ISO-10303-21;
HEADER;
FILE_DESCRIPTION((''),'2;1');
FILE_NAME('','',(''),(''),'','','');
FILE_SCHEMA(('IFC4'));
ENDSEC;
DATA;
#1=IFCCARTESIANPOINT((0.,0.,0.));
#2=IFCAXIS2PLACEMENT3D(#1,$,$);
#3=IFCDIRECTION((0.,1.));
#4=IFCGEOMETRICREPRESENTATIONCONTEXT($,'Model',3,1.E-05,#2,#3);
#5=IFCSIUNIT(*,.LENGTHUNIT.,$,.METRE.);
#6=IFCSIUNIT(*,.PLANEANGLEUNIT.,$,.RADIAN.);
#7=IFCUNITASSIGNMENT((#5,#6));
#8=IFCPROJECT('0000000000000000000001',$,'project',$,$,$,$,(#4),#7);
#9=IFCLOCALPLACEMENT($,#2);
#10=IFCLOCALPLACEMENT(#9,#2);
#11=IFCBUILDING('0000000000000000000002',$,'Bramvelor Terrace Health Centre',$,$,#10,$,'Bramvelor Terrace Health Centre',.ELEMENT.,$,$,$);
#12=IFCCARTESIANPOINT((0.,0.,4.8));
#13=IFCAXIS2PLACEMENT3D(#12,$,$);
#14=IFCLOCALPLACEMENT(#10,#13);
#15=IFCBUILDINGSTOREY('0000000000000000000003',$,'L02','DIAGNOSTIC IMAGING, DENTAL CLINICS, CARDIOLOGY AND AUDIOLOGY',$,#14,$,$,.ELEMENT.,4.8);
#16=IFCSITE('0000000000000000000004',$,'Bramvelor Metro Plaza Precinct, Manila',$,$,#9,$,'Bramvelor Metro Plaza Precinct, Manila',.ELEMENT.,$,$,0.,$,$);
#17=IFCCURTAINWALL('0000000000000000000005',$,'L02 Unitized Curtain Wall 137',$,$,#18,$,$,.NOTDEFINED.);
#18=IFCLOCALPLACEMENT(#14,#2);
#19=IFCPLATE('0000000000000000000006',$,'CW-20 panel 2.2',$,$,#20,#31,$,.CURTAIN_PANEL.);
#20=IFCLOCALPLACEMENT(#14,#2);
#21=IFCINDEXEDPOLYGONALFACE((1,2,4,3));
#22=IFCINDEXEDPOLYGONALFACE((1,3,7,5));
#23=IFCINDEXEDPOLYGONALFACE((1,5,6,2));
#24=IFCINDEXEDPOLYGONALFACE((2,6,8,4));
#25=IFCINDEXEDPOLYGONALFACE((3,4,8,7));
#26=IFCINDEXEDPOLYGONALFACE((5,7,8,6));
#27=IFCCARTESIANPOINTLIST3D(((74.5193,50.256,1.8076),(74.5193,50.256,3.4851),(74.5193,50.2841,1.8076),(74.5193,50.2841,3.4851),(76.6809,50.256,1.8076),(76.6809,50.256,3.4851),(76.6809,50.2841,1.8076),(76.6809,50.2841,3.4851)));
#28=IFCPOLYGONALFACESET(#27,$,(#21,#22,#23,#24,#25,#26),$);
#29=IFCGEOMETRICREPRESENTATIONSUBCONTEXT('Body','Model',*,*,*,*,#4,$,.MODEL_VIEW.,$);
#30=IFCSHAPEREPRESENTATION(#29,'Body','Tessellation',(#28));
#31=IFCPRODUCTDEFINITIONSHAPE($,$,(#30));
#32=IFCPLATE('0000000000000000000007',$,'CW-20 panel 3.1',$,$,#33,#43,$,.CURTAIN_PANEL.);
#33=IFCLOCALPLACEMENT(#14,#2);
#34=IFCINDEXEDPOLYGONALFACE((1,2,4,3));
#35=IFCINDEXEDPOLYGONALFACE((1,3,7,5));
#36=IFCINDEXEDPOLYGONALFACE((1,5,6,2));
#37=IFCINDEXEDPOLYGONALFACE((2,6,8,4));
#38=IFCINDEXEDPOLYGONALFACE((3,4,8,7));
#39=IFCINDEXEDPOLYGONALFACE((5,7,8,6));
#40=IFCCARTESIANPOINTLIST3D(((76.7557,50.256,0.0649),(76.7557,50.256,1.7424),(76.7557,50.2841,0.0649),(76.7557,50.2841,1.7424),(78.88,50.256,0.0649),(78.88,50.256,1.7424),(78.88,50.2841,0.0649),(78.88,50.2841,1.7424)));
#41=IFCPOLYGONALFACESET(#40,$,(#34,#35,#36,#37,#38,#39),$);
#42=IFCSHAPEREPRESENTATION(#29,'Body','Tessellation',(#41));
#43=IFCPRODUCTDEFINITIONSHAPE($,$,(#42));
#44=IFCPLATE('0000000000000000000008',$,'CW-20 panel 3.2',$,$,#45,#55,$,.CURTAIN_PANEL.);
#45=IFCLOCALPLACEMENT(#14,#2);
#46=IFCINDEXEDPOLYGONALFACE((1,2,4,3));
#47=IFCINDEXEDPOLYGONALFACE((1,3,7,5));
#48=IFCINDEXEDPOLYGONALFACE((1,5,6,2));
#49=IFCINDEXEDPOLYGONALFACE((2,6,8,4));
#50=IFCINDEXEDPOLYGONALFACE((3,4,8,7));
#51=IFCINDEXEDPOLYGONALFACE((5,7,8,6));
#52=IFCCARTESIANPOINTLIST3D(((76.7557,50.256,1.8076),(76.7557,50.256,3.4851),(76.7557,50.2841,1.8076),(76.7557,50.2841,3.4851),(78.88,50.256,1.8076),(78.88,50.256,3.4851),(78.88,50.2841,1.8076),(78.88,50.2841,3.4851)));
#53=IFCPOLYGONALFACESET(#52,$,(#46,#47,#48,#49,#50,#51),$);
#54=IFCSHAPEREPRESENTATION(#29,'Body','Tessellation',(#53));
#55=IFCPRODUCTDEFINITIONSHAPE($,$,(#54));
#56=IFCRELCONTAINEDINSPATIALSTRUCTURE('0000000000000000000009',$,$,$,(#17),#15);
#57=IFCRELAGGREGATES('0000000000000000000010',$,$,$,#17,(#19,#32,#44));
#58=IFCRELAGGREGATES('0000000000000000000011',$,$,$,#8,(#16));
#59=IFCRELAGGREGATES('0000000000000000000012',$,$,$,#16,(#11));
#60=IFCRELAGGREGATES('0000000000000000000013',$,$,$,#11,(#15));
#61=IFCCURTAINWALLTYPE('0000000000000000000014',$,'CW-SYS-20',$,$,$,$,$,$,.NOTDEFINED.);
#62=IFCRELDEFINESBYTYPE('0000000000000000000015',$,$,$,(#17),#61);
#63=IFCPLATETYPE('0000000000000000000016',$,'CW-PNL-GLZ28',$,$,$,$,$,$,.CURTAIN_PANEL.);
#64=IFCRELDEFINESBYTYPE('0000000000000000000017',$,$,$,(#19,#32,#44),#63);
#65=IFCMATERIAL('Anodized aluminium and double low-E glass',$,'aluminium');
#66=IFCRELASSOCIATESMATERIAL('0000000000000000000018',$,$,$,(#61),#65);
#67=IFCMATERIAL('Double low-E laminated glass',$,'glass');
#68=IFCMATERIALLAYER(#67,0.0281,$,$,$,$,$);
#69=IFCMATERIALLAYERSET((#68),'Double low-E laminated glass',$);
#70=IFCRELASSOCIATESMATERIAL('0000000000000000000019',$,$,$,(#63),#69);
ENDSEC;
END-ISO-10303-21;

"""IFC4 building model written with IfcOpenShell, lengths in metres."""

from ifc_helpers import new_model, si_unit, direction, frame, origin, origin_2d, place, context, subcontext, project, spatial, rectangle, extrude, material, layer, layer_set, type_object, element, aggregate, save


model = new_model("IFC4")

# Units and contexts
model_context = context("Model", 3, precision=1e-05, world=origin(), true_north=direction((0.0, 1.0)))
body_context = subcontext(model_context, "Body", "Model", "MODEL_VIEW")
ifc_project = project(units=[si_unit("LENGTHUNIT", "METRE"), si_unit("PLANEANGLEUNIT", "RADIAN")], contexts=[model_context])

# Site, building, storey
site_placement = place(None, origin())
site = spatial("IfcSite", under=ifc_project, at=site_placement, Name="Bramvelor Metro Plaza Precinct, Manila", LongName="Bramvelor Metro Plaza Precinct, Manila", CompositionType="ELEMENT", RefElevation=0.0)
building_placement = place(site_placement, origin())
building = spatial("IfcBuilding", under=site, at=building_placement, Name="Bramvelor Terrace Health Centre", LongName="Bramvelor Terrace Health Centre", CompositionType="ELEMENT")
storey_placement = place(building_placement, frame((0.0, 0.0, 4.8)))
storey = spatial("IfcBuildingStorey", under=building, at=storey_placement, Name="L02", Description="DIAGNOSTIC IMAGING, DENTAL CLINICS, CARDIOLOGY AND AUDIOLOGY", CompositionType="ELEMENT", Elevation=4.8)

# Curtain wall
ifc_material_1 = material(Name="Anodized aluminium and double low-E glass", Category="aluminium")
curtain_wall_type_1 = type_object("IfcCurtainWallType", Name="CW-SYS-20", PredefinedType="NOTDEFINED", material=ifc_material_1)
curtain_wall_1_placement = place(storey_placement, origin())
curtain_wall_1 = element("IfcCurtainWall", 1, at=curtain_wall_1_placement, inside=storey, type_object=curtain_wall_type_1, Name="L02 Unitized Curtain Wall 137", PredefinedType="NOTDEFINED")

# Plates
ifc_material_2 = material(Name="Double low-E laminated glass", Category="glass")
ifc_layer = layer(ifc_material_2, 0.0281)
ifc_layer_set = layer_set([ifc_layer], Name="Double low-E laminated glass")
plate_type = type_object("IfcPlateType", Name="CW-PNL-GLZ28", PredefinedType="CURTAIN_PANEL", material=ifc_layer_set)
plate_1_placement = place(storey_placement, frame((75.6001, 50.27, 1.8076), z_axis=(0.0, 0.0, 1.0), x_axis=(1.0, 0.0, 0.0)))
plate_1 = element("IfcPlate", 2, at=plate_1_placement, type_object=plate_type, Name="CW-20 panel 2.2", PredefinedType="CURTAIN_PANEL", context=body_context, shape_type="SweptSolid", body=[
    extrude(rectangle(XDim=2.1616, YDim=0.0281, at=origin_2d()), origin(), (0.0, 0.0, 1.0), 1.6775),
])
plate_2_placement = place(storey_placement, frame((77.8179, 50.27, 0.0649), z_axis=(0.0, 0.0, 1.0), x_axis=(1.0, 0.0, 0.0)))
plate_2 = element("IfcPlate", 3, at=plate_2_placement, type_object=plate_type, Name="CW-20 panel 3.1", PredefinedType="CURTAIN_PANEL", context=body_context, shape_type="SweptSolid", body=[
    extrude(rectangle(XDim=2.1243, YDim=0.0281, at=origin_2d()), origin(), (0.0, 0.0, 1.0), 1.6775),
])
plate_3_placement = place(storey_placement, frame((77.8179, 50.27, 1.8076), z_axis=(0.0, 0.0, 1.0), x_axis=(1.0, 0.0, 0.0)))
plate_3 = element("IfcPlate", 4, at=plate_3_placement, type_object=plate_type, Name="CW-20 panel 3.2", PredefinedType="CURTAIN_PANEL", context=body_context, shape_type="SweptSolid", body=[
    extrude(rectangle(XDim=2.1243, YDim=0.0281, at=origin_2d()), origin(), (0.0, 0.0, 1.0), 1.6775),
])
aggregate(curtain_wall_1, [plate_1, plate_2, plate_3])

save(model, "model.ifc")
